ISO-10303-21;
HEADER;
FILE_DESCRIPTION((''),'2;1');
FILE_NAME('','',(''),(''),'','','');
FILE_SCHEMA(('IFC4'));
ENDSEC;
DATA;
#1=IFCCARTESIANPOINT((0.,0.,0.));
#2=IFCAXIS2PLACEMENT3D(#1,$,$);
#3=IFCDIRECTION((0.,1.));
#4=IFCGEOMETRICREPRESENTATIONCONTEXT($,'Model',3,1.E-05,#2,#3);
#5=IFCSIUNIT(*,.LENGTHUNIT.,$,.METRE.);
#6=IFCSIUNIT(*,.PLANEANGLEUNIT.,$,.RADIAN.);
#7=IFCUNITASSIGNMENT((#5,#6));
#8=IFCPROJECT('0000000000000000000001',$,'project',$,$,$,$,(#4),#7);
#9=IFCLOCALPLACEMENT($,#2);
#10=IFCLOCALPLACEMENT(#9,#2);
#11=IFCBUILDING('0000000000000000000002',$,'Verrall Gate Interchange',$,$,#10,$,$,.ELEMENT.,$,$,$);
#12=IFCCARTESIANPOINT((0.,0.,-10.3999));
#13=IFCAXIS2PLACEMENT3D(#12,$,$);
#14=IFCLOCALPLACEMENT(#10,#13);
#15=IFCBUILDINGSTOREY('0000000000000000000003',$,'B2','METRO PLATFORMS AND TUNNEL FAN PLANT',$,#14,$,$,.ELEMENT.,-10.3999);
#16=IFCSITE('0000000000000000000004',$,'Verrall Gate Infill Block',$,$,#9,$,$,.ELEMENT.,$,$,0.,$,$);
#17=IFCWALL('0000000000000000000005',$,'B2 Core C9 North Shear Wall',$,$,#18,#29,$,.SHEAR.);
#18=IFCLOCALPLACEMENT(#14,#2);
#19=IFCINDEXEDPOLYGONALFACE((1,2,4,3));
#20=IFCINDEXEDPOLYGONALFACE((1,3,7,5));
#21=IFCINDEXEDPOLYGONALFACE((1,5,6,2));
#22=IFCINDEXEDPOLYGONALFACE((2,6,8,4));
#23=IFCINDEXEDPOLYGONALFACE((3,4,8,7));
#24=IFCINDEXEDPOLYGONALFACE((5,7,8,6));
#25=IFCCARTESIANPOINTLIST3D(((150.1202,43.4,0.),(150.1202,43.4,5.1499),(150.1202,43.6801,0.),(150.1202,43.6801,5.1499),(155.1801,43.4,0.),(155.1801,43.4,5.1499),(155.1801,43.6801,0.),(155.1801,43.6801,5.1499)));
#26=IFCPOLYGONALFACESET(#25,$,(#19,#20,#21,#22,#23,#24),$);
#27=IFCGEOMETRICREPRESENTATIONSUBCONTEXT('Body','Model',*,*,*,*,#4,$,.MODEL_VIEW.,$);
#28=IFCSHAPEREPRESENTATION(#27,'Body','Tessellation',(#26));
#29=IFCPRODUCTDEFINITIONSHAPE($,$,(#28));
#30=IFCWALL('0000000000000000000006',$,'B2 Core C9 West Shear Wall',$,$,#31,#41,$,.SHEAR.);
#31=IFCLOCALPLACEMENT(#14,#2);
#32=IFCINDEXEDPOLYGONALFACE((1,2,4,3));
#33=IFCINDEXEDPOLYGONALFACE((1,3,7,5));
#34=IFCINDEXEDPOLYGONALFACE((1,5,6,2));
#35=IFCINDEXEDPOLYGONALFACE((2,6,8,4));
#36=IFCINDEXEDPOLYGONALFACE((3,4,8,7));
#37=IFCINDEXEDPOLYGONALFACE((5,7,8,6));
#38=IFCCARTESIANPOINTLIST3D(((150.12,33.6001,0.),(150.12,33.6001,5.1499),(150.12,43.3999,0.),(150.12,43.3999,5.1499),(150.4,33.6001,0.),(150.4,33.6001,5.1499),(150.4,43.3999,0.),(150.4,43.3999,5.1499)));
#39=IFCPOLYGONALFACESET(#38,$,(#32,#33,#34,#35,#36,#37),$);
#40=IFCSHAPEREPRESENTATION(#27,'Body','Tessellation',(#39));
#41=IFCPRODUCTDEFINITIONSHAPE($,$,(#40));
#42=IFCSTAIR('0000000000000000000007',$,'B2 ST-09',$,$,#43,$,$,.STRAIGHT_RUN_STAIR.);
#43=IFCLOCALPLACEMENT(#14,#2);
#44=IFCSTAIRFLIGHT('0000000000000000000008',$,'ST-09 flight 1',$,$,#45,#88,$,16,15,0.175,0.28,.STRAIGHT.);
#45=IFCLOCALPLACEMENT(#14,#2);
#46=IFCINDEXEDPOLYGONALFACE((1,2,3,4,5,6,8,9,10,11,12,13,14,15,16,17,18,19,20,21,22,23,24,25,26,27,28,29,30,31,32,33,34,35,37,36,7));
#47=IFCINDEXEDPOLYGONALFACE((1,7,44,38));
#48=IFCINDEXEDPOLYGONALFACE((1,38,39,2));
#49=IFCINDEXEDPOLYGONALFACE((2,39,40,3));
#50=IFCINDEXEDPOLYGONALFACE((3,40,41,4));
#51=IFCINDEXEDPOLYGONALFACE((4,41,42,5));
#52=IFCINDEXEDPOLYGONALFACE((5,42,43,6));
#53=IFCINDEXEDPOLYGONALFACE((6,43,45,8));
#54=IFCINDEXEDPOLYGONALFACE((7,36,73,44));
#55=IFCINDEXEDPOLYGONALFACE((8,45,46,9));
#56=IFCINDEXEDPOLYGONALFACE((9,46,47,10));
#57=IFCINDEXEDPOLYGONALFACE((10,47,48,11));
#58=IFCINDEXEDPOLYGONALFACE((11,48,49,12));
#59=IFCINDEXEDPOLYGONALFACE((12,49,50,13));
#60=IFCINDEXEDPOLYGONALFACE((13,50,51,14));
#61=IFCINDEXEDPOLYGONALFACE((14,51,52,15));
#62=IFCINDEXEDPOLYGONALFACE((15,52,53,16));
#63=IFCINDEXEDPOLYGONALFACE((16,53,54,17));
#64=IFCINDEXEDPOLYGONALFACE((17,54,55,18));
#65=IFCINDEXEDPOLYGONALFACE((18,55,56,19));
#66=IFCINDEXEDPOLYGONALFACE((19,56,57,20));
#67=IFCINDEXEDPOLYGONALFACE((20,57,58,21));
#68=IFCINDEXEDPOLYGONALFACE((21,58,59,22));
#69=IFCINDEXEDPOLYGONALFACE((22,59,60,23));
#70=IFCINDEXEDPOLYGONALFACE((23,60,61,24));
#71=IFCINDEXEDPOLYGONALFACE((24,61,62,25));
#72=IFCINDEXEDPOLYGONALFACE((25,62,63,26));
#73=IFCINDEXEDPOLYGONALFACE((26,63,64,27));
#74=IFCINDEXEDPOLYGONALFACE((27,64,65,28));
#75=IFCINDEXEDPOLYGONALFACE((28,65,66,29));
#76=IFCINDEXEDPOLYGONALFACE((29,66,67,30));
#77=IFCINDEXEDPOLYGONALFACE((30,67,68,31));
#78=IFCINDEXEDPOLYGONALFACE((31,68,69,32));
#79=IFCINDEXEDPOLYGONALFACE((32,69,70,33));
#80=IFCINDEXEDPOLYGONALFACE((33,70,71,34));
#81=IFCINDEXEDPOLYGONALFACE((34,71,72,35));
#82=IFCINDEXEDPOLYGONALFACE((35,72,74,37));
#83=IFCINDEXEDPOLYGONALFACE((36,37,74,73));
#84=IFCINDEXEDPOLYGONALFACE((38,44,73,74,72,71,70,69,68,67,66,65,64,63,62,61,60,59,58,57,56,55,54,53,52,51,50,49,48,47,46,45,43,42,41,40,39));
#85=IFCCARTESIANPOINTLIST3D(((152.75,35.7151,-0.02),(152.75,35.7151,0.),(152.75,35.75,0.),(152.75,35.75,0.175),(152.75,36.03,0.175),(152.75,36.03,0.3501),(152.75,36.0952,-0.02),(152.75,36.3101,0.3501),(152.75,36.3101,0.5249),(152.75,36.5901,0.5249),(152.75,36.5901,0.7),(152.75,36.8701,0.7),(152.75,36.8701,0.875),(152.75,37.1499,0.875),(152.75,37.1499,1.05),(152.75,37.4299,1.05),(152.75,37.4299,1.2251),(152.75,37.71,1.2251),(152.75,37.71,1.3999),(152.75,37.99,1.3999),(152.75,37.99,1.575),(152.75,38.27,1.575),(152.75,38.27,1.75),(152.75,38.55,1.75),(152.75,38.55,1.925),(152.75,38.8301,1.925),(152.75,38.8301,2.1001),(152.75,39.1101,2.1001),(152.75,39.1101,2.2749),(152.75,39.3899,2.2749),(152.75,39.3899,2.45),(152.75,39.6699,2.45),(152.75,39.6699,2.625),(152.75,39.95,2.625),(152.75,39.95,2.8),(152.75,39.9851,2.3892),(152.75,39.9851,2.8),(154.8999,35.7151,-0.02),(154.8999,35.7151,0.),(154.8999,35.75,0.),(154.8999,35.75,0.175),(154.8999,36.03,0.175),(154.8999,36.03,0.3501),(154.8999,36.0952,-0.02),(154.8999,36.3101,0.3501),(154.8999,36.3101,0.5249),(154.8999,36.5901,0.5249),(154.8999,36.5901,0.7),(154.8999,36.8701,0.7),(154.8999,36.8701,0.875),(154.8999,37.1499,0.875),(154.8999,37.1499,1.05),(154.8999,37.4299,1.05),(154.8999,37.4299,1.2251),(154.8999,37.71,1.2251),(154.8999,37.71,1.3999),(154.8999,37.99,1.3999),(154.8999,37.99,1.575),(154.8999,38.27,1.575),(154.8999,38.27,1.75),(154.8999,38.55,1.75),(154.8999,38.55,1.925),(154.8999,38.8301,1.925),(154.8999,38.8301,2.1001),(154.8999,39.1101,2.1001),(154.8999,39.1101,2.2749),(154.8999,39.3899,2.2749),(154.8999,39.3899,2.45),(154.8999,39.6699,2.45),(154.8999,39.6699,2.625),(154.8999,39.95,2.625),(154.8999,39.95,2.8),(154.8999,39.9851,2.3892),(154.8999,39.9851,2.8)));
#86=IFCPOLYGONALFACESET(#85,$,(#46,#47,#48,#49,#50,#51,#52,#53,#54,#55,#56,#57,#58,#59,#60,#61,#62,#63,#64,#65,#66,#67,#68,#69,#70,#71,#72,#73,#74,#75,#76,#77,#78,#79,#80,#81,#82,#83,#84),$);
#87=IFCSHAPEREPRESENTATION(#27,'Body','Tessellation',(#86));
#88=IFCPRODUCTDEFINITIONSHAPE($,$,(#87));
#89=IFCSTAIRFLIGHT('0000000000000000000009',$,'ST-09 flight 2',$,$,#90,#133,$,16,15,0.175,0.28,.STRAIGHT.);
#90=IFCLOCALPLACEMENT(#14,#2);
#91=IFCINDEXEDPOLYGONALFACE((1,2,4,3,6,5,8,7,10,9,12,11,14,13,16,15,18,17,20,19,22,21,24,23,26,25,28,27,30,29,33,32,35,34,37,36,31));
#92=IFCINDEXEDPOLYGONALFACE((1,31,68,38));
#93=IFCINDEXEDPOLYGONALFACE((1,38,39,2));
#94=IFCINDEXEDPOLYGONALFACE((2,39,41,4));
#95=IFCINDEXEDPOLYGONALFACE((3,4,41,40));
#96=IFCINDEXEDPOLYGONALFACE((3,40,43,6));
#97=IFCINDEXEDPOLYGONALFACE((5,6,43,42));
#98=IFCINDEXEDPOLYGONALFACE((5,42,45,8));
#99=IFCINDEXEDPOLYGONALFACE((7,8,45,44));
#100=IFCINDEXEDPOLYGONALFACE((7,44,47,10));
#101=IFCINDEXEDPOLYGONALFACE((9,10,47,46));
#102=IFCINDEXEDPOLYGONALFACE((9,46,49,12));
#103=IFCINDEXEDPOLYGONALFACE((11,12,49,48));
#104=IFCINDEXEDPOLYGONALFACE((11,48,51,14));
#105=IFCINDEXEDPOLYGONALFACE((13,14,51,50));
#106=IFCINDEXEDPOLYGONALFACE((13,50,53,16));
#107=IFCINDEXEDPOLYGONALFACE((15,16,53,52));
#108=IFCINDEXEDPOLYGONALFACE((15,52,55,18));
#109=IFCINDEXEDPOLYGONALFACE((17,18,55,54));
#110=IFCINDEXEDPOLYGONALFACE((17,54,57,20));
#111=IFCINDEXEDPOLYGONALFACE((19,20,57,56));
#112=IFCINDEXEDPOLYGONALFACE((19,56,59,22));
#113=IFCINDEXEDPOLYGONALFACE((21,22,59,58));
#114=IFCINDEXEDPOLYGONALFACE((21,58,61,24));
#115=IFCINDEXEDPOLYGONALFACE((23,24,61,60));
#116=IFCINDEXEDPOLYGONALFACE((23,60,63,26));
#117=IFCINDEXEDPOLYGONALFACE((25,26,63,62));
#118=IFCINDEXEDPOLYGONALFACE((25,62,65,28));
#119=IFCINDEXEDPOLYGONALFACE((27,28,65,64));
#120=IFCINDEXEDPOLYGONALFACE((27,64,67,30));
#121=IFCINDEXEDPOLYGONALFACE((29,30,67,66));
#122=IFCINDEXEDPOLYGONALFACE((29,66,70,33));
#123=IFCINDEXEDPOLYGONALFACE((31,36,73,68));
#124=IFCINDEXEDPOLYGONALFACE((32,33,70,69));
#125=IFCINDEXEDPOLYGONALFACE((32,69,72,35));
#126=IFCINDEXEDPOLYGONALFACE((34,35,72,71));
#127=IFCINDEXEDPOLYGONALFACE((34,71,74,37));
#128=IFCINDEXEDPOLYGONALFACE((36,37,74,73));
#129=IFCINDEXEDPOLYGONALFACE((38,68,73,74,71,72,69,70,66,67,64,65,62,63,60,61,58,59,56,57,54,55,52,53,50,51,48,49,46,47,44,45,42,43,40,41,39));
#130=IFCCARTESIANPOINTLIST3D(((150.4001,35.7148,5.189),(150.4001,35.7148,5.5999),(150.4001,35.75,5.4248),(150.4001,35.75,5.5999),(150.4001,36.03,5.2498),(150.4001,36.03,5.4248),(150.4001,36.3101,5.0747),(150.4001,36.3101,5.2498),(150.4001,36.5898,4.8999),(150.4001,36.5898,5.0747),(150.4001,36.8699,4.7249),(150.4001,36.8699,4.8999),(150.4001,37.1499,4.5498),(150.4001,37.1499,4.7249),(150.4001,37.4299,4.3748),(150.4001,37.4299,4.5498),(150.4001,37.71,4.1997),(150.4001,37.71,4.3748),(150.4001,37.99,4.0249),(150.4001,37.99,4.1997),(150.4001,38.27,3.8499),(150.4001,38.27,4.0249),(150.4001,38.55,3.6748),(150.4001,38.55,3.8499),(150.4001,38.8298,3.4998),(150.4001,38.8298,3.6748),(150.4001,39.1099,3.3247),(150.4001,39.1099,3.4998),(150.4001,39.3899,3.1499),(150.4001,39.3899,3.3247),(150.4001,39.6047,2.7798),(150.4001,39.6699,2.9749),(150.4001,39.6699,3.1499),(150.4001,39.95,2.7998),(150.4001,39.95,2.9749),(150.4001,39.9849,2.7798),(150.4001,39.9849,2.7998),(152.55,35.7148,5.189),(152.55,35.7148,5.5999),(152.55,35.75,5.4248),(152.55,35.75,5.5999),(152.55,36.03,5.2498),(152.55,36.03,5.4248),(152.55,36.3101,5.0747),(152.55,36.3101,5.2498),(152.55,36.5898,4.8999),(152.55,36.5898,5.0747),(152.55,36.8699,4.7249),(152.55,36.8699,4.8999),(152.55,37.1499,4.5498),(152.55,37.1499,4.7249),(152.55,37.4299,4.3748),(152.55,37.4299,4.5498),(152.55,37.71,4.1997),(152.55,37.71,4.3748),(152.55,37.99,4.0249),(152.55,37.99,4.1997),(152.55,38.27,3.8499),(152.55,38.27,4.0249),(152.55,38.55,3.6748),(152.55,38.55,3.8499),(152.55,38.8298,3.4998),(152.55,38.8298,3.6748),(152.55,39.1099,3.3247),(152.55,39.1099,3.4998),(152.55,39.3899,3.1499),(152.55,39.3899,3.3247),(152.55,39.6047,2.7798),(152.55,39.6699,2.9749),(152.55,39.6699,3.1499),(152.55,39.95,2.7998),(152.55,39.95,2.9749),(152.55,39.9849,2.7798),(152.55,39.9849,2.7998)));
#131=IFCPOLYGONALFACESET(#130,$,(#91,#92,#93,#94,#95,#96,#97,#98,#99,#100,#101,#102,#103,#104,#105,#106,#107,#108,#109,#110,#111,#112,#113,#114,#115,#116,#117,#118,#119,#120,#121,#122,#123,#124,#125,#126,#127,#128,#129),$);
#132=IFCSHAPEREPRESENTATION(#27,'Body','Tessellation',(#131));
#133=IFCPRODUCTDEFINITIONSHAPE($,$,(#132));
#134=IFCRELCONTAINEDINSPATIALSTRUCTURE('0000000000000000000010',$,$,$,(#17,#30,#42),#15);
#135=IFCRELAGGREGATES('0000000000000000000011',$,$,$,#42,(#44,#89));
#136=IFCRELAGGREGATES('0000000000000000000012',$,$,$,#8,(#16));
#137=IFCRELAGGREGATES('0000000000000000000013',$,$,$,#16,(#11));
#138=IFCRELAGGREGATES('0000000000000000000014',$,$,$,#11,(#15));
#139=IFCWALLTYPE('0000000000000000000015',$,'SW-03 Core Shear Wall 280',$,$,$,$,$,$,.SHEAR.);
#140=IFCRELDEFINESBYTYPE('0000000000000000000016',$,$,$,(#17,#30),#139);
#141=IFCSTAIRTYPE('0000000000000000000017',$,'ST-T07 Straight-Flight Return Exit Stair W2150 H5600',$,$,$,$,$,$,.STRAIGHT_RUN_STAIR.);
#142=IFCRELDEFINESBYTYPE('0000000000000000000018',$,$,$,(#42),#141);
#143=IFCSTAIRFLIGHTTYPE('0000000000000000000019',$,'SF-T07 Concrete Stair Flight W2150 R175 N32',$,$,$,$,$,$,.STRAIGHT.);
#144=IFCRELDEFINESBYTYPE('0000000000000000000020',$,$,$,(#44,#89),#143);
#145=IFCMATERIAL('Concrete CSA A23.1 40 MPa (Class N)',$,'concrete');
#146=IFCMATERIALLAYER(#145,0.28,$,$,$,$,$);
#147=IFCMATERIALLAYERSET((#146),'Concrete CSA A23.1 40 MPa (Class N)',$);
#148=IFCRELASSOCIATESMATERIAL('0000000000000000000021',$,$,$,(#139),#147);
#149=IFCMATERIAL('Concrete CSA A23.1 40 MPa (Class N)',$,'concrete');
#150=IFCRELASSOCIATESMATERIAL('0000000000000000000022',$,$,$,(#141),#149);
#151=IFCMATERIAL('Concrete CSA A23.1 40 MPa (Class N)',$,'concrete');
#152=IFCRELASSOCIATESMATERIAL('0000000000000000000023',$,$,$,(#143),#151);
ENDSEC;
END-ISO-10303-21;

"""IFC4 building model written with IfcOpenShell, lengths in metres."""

from ifc_helpers import new_model, si_unit, direction, frame, frame_2d, origin, place, context, subcontext, project, spatial, polyline, rectangle, outline, extrude, material, layer, layer_set, type_object, element, aggregate, save


model = new_model("IFC4")

# Units and contexts
model_context = context("Model", 3, precision=1e-05, world=origin(), true_north=direction((0.0, 1.0)))
body_context = subcontext(model_context, "Body", "Model", "MODEL_VIEW")
ifc_project = project(units=[si_unit("LENGTHUNIT", "METRE"), si_unit("PLANEANGLEUNIT", "RADIAN")], contexts=[model_context])

# Site, building, storey
site_placement = place(None, origin())
site = spatial("IfcSite", under=ifc_project, at=site_placement, Name="Verrall Gate Infill Block", CompositionType="ELEMENT", RefElevation=0.0)
building_placement = place(site_placement, origin())
building = spatial("IfcBuilding", under=site, at=building_placement, Name="Verrall Gate Interchange", CompositionType="ELEMENT")
storey_placement = place(building_placement, frame((0.0, 0.0, -10.3999)))
storey = spatial("IfcBuildingStorey", under=building, at=storey_placement, Name="B2", Description="METRO PLATFORMS AND TUNNEL FAN PLANT", CompositionType="ELEMENT", Elevation=-10.3999)

# Walls
ifc_material_1 = material(Name="Concrete CSA A23.1 40 MPa (Class N)", Category="concrete")
ifc_layer_1 = layer(ifc_material_1, 0.28)
ifc_layer_set_1 = layer_set([ifc_layer_1], Name="Concrete CSA A23.1 40 MPa (Class N)")
wall_type_1 = type_object("IfcWallType", Name="SW-03 Core Shear Wall 280", PredefinedType="SHEAR", material=ifc_layer_set_1)
wall_1_placement = place(storey_placement, frame((155.1799, 43.54, 0.0), z_axis=(0.0, 0.0, 1.0), x_axis=(-1.0, 0.0, 0.0)))
element("IfcWall", 1, at=wall_1_placement, inside=storey, type_object=wall_type_1, Name="B2 Core C9 North Shear Wall", PredefinedType="SHEAR", context=body_context, shape_type="SweptSolid", body=[
    extrude(rectangle(XDim=5.0598, YDim=0.28, at=frame_2d((2.5298, 0.0))), origin(), (0.0, 0.0, 1.0), 5.1499),
])
wall_2_placement = place(storey_placement, frame((150.26, 43.3999, 0.0), z_axis=(0.0, 0.0, 1.0), x_axis=(0.0, -1.0, 0.0)))
element("IfcWall", 2, at=wall_2_placement, inside=storey, type_object=wall_type_1, Name="B2 Core C9 West Shear Wall", PredefinedType="SHEAR", context=body_context, shape_type="SweptSolid", body=[
    extrude(rectangle(XDim=9.7998, YDim=0.28, at=frame_2d((4.8999, 0.0))), origin(), (0.0, 0.0, 1.0), 5.1499),
])

# Stair, stair flights
ifc_material_2 = material(Name="Concrete CSA A23.1 40 MPa (Class N)", Category="concrete")
stair_type = type_object("IfcStairType", Name="ST-T07 Straight-Flight Return Exit Stair W2150 H5600", PredefinedType="STRAIGHT_RUN_STAIR", material=ifc_material_2)
stair_placement = place(storey_placement, origin())
stair = element("IfcStair", 3, at=stair_placement, inside=storey, type_object=stair_type, Name="B2 ST-09", PredefinedType="STRAIGHT_RUN_STAIR")
ifc_material_3 = material(Name="Concrete CSA A23.1 40 MPa (Class N)", Category="concrete")
stair_flight_type = type_object("IfcStairFlightType", Name="SF-T07 Concrete Stair Flight W2150 R175 N32", PredefinedType="STRAIGHT", material=ifc_material_3)
stair_flight_1_placement = place(storey_placement, frame((153.825, 35.75, 0.0), z_axis=(0.0, 0.0, 1.0), x_axis=(0.0, 1.0, 0.0)))
stair_flight_1 = element("IfcStairFlight", 4, at=stair_flight_1_placement, type_object=stair_flight_type, Name="ST-09 flight 1", NumberOfRisers=16, NumberOfTreads=15, PredefinedType="STRAIGHT", RiserHeight=0.175, TreadLength=0.28, context=body_context, shape_type="SweptSolid", body=[
    extrude(outline(polyline([(-0.0349, -0.02), (-0.0349, 0.0), (0.0, 0.0), (0.0, 0.175), (0.28, 0.175), (0.28, 0.3501), (0.5601, 0.3501), (0.5601, 0.5249), (0.8401, 0.5249), (0.8401, 0.7), (1.1201, 0.7), (1.1201, 0.875), (1.3999, 0.875), (1.3999, 1.05), (1.6799, 1.05), (1.6799, 1.2251), (1.96, 1.2251), (1.96, 1.3999), (2.24, 1.3999), (2.24, 1.575), (2.52, 1.575), (2.52, 1.75), (2.8, 1.75), (2.8, 1.925), (3.0801, 1.925), (3.0801, 2.1001), (3.3601, 2.1001), (3.3601, 2.2749), (3.6399, 2.2749), (3.6399, 2.45), (3.9199, 2.45), (3.9199, 2.625), (4.2, 2.625), (4.2, 2.8), (4.2351, 2.8), (4.2351, 2.3892), (0.3452, -0.02), (-0.0349, -0.02)])), frame((0.0, 1.075, 0.0), z_axis=(0.0, -1.0, 0.0), x_axis=(1.0, 0.0, 0.0)), (0.0, 0.0, 1.0), 2.1499),
])
stair_flight_2_placement = place(storey_placement, frame((151.4751, 39.95, 2.7998), z_axis=(0.0, 0.0, 1.0), x_axis=(0.0, -1.0, 0.0)))
stair_flight_2 = element("IfcStairFlight", 5, at=stair_flight_2_placement, type_object=stair_flight_type, Name="ST-09 flight 2", NumberOfRisers=16, NumberOfTreads=15, PredefinedType="STRAIGHT", RiserHeight=0.175, TreadLength=0.28, context=body_context, shape_type="SweptSolid", body=[
    extrude(outline(polyline([(-0.0349, -0.02), (-0.0349, 0.0), (0.0, 0.0), (0.0, 0.175), (0.28, 0.175), (0.28, 0.3501), (0.5601, 0.3501), (0.5601, 0.5249), (0.8401, 0.5249), (0.8401, 0.7), (1.1201, 0.7), (1.1201, 0.875), (1.3999, 0.875), (1.3999, 1.05), (1.6799, 1.05), (1.6799, 1.2251), (1.96, 1.2251), (1.96, 1.3999), (2.24, 1.3999), (2.24, 1.575), (2.52, 1.575), (2.52, 1.75), (2.8, 1.75), (2.8, 1.925), (3.0801, 1.925), (3.0801, 2.1001), (3.3601, 2.1001), (3.3601, 2.2749), (3.6399, 2.2749), (3.6399, 2.45), (3.9199, 2.45), (3.9199, 2.625), (4.2, 2.625), (4.2, 2.8), (4.2351, 2.8), (4.2351, 2.3892), (0.3452, -0.02), (-0.0349, -0.02)])), frame((0.0, 1.075, 0.0), z_axis=(0.0, -1.0, 0.0), x_axis=(1.0, 0.0, 0.0)), (0.0, 0.0, 1.0), 2.1499),
])
aggregate(stair, [stair_flight_1, stair_flight_2])

save(model, "model.ifc")
